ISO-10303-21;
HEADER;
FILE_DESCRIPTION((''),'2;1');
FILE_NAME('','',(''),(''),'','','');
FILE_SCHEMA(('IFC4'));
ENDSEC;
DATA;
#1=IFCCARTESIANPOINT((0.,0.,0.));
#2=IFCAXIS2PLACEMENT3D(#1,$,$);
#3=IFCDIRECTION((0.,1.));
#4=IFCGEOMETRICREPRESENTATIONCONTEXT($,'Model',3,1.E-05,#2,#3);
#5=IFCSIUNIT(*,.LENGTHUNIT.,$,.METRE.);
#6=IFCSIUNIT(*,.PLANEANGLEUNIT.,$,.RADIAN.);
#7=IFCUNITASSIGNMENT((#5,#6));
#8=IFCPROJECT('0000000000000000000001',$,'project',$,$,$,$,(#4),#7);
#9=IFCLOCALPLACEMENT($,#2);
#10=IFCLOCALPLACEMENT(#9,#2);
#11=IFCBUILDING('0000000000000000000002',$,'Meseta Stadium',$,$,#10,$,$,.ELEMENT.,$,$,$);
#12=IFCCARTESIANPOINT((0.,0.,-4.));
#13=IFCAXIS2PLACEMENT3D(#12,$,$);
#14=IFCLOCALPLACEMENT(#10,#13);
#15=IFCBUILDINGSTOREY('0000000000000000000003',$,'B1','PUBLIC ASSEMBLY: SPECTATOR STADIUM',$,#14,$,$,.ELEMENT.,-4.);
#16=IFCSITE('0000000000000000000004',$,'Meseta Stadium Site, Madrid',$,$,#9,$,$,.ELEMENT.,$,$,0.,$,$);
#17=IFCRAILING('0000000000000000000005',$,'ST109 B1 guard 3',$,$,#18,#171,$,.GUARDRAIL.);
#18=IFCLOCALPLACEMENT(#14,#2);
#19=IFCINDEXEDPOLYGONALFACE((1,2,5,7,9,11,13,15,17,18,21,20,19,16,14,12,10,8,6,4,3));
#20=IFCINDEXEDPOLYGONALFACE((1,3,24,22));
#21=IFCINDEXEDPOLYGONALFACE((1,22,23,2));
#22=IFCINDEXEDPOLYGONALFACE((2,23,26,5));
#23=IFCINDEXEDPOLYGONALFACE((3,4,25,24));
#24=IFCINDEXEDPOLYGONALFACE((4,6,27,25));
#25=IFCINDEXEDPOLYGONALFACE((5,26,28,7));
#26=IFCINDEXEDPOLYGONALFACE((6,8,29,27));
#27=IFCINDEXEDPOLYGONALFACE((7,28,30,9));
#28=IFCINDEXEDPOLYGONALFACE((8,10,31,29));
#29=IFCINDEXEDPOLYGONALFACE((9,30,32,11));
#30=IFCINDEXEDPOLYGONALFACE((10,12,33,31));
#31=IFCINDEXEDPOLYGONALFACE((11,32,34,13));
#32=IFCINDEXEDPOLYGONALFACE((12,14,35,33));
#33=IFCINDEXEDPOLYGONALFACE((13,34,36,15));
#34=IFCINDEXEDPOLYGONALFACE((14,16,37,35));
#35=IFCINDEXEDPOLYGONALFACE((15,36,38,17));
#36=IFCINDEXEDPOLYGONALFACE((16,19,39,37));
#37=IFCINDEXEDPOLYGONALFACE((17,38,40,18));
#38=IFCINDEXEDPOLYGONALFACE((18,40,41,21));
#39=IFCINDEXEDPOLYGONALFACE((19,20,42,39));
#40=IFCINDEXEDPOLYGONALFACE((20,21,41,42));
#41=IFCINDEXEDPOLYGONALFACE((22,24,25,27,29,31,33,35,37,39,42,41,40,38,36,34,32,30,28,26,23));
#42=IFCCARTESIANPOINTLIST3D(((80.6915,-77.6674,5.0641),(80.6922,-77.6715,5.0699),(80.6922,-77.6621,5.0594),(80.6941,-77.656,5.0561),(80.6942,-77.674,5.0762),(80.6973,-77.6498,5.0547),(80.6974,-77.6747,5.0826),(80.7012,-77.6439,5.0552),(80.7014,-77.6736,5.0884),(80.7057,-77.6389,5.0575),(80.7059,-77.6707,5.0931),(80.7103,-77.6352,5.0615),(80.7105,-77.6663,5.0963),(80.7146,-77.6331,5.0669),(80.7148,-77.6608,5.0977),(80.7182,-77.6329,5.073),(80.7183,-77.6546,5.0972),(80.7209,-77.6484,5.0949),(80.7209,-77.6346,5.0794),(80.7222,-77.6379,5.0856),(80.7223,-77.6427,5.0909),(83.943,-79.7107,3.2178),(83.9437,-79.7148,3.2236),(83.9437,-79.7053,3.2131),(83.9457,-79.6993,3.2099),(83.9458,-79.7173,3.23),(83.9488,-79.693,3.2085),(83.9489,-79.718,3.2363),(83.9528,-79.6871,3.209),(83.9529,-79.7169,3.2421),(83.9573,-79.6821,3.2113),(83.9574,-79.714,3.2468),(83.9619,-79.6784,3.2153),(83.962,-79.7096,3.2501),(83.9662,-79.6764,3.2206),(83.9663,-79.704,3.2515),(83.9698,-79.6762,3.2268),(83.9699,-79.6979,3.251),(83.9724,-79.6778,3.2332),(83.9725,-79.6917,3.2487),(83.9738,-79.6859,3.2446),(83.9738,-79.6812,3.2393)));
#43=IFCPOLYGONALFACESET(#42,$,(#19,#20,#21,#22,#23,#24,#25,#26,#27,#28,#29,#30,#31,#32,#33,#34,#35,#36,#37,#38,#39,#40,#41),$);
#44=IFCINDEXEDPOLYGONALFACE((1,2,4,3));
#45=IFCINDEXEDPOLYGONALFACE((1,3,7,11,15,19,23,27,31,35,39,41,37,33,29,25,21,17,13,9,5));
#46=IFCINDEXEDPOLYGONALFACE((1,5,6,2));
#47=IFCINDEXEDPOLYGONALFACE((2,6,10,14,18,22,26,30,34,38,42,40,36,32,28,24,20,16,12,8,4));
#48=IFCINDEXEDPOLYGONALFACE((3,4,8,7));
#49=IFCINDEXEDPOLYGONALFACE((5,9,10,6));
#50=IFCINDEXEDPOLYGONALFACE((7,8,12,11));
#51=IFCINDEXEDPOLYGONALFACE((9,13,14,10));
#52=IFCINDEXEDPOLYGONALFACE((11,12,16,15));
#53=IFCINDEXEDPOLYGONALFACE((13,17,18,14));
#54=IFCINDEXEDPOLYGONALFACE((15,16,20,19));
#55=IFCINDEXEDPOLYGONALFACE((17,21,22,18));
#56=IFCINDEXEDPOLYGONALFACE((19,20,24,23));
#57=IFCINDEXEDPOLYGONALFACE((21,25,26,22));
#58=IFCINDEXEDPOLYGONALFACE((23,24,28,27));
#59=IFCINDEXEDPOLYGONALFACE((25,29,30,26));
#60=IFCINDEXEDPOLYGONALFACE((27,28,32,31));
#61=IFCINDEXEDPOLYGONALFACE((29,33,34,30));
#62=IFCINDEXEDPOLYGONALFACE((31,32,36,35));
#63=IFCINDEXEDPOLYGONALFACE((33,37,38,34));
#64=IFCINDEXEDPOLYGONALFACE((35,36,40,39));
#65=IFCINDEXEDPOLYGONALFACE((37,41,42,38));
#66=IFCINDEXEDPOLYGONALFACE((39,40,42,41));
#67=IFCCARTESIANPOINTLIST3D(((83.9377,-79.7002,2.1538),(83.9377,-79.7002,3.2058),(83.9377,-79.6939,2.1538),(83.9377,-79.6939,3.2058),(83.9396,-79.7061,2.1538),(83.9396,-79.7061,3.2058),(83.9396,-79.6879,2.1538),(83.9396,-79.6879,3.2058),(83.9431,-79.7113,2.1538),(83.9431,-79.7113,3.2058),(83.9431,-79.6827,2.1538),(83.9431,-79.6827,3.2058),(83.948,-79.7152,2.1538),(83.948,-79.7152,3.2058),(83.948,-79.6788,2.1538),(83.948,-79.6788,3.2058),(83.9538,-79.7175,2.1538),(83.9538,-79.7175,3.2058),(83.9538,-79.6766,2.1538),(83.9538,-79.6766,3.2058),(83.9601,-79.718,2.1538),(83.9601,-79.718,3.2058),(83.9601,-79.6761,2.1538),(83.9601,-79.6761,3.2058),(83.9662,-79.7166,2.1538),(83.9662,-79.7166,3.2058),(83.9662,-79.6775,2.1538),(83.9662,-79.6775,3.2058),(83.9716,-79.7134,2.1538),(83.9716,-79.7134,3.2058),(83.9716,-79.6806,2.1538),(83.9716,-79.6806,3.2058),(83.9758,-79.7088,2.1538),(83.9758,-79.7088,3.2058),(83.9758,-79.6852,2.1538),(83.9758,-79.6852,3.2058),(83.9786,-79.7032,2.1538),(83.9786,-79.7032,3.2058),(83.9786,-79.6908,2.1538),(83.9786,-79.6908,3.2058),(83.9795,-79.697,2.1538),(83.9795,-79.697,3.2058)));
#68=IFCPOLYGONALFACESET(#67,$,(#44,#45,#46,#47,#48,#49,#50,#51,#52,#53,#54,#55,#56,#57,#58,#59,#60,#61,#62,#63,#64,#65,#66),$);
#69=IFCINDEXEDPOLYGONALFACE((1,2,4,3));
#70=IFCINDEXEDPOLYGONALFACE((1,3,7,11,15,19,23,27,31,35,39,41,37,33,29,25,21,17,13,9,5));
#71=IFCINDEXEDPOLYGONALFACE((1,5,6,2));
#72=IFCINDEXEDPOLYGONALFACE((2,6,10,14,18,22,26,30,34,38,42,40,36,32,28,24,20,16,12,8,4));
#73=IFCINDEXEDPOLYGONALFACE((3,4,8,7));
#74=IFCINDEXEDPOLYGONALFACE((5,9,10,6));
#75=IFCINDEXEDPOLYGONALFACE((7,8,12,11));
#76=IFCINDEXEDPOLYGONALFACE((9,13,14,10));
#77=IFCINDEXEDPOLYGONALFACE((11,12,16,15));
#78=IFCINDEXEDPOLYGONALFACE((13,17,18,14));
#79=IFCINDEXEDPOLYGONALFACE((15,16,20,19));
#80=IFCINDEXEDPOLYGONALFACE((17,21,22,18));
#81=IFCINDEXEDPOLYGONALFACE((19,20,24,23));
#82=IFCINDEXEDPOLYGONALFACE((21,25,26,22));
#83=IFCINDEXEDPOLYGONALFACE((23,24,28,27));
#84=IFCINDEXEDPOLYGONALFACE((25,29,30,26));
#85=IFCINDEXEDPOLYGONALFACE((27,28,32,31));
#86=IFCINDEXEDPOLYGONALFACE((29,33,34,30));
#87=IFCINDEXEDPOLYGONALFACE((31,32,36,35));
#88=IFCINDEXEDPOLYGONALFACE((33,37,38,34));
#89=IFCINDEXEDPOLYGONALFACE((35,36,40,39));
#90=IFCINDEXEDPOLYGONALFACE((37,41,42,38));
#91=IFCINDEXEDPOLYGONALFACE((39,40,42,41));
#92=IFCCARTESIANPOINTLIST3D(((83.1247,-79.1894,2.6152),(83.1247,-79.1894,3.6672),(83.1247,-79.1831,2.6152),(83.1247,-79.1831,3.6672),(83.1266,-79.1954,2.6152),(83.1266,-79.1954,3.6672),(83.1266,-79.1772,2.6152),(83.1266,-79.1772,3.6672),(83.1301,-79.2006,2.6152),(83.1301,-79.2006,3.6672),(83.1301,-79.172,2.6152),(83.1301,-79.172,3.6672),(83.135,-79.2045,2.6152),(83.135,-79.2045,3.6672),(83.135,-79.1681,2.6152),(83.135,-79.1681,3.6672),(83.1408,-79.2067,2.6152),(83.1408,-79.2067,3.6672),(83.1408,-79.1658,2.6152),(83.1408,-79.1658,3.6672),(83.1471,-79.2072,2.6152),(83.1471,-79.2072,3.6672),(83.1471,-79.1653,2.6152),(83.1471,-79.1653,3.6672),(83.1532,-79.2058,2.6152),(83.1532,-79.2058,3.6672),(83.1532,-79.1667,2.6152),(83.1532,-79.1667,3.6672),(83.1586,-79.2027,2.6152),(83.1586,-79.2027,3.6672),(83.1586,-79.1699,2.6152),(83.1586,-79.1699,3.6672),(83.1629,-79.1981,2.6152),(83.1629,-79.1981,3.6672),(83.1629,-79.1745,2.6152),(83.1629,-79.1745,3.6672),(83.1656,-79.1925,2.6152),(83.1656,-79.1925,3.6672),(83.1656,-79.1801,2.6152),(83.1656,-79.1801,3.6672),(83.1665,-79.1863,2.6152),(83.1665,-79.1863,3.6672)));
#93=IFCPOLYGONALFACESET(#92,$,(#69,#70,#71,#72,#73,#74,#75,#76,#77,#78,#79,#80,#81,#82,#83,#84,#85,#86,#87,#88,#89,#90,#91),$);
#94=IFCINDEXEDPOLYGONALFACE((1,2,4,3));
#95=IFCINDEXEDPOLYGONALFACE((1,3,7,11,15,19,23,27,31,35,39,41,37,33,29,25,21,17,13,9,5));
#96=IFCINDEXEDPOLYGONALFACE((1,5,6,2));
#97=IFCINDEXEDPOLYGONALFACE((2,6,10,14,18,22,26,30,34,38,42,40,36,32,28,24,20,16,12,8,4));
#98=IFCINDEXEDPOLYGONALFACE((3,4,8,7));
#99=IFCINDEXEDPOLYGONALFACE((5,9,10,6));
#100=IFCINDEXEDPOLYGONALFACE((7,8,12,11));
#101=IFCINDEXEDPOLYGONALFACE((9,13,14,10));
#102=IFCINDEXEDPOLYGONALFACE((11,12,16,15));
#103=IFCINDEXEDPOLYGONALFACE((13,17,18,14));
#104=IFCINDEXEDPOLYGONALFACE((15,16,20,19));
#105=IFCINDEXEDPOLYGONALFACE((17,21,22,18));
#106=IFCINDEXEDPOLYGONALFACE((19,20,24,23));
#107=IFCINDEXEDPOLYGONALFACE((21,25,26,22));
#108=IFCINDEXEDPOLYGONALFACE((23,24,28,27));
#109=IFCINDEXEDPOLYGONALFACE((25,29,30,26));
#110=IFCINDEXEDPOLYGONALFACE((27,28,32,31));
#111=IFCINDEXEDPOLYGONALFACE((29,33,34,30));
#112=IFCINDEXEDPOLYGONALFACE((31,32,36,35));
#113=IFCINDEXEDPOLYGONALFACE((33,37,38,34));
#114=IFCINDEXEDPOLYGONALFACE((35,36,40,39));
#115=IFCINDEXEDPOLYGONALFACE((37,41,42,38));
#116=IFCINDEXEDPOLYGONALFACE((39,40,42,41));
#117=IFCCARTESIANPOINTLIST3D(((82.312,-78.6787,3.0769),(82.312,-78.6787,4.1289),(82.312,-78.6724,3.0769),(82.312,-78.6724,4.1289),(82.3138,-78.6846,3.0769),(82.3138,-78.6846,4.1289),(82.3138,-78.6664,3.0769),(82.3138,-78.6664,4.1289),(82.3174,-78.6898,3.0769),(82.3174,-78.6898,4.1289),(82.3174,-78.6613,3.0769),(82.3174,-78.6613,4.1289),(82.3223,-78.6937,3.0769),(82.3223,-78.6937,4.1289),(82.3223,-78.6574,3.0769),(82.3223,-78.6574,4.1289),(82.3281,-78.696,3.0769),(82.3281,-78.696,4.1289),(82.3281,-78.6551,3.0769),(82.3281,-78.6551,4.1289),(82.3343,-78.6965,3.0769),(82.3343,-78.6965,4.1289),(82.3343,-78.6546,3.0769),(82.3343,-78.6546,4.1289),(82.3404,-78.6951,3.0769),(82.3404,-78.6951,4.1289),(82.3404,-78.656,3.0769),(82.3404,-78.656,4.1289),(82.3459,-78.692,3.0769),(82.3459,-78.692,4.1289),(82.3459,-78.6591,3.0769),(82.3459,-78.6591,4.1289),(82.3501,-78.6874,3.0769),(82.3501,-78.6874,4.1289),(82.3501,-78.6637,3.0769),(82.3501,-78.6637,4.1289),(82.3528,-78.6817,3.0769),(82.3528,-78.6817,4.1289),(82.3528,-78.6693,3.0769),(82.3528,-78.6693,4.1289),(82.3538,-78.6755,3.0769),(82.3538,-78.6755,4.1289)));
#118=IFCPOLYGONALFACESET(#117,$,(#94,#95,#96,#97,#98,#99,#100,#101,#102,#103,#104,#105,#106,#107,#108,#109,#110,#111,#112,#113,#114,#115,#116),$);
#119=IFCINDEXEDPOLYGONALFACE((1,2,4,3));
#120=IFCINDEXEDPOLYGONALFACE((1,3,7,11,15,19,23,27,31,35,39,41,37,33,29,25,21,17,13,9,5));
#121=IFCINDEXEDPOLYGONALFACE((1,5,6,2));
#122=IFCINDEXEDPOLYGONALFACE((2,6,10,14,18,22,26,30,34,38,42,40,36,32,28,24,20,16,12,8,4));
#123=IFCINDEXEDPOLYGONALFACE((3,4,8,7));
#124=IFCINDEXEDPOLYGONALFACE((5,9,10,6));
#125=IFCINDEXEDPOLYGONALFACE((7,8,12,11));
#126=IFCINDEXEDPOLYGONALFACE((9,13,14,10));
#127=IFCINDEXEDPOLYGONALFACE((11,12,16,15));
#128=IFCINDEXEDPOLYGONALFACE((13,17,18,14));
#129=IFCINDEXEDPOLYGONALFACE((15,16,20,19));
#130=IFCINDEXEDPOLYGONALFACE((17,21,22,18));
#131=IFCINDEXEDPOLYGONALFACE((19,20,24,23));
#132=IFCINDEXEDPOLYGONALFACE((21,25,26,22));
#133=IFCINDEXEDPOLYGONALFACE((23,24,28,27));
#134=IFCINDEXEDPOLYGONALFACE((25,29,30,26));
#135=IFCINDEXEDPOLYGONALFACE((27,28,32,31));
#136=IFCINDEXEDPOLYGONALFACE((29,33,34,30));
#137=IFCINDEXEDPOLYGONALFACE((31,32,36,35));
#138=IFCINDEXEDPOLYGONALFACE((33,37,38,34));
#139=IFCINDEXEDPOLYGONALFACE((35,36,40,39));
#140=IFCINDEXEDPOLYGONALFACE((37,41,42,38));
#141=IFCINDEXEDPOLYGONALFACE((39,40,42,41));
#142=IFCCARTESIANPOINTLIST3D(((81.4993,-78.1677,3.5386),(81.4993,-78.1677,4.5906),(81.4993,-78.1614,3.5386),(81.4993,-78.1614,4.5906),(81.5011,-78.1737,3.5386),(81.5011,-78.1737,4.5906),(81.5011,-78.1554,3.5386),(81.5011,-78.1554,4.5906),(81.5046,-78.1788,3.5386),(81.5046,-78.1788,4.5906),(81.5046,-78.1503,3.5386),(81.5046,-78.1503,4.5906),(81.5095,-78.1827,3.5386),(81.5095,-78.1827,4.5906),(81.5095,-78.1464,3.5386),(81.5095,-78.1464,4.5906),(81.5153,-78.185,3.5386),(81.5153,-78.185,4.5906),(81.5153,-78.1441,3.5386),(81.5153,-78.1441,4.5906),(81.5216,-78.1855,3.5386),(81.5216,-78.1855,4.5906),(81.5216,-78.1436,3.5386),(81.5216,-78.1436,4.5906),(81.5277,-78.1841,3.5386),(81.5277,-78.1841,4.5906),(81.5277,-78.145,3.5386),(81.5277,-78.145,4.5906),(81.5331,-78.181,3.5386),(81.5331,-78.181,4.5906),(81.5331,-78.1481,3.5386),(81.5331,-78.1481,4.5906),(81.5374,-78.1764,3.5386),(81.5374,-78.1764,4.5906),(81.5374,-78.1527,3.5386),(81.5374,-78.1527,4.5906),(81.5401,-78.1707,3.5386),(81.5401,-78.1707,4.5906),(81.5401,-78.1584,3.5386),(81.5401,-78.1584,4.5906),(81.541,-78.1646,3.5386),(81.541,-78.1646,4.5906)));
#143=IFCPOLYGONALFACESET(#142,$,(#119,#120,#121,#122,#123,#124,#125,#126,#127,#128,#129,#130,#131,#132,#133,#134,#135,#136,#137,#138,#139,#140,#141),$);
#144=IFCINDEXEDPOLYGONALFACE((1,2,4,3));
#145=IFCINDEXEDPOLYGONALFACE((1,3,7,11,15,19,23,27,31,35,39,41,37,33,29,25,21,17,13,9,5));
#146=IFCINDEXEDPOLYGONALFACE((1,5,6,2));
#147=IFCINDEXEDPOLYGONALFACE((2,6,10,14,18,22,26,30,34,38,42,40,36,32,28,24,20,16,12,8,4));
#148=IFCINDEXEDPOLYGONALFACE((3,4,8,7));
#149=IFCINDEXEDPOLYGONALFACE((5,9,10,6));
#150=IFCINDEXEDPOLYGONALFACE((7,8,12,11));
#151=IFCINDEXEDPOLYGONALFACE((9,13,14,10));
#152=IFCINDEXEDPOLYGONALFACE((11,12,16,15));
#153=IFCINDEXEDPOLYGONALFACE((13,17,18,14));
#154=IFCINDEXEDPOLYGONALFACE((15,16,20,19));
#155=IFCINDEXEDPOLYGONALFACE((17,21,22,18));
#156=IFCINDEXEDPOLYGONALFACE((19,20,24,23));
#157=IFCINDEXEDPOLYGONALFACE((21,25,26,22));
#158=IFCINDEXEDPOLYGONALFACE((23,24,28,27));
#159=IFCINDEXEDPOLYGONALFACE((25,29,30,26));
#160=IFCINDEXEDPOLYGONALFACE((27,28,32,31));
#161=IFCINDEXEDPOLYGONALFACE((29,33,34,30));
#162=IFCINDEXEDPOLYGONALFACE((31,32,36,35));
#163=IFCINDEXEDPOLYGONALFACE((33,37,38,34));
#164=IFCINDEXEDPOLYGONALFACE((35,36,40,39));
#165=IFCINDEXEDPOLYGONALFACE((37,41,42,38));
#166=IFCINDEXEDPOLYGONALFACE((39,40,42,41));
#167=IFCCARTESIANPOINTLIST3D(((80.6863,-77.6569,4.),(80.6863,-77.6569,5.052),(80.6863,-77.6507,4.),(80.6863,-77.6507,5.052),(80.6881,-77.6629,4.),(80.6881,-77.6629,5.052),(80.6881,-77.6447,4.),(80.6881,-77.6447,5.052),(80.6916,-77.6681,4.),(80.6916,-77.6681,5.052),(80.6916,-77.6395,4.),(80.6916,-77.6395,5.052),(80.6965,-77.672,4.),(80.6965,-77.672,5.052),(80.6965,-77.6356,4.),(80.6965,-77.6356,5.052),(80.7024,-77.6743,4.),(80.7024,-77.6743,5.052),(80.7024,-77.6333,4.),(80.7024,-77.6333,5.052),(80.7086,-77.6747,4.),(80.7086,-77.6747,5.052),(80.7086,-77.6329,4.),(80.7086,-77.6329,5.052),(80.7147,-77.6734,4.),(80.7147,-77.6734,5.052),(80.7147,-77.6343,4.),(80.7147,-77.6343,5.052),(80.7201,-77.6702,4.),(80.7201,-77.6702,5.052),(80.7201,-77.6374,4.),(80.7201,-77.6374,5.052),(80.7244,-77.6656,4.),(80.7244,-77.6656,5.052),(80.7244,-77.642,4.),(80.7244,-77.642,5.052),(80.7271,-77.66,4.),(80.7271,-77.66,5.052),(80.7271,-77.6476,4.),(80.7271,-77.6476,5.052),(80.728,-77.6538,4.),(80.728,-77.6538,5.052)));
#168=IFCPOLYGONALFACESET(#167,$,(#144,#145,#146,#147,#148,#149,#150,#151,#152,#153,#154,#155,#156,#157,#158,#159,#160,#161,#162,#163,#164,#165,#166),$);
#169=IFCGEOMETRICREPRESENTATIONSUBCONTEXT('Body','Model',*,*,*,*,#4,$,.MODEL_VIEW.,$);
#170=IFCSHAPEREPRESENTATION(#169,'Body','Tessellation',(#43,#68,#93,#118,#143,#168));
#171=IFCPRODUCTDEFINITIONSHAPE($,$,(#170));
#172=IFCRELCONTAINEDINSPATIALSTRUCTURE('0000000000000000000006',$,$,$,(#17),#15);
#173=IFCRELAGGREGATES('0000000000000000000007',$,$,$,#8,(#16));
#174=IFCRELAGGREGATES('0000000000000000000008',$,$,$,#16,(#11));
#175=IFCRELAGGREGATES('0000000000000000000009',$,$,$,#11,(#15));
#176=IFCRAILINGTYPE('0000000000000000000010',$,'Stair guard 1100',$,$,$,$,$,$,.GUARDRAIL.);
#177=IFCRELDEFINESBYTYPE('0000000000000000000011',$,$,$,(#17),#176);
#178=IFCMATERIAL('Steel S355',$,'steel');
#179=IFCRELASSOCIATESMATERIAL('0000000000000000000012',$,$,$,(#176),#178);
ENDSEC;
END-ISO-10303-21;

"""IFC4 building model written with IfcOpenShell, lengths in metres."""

from ifc_helpers import new_model, si_unit, direction, frame, origin, origin_2d, place, context, subcontext, project, spatial, circle, extrude, material, type_object, element, save


model = new_model("IFC4")

# Units and contexts
model_context = context("Model", 3, precision=1e-05, world=origin(), true_north=direction((0.0, 1.0)))
body_context = subcontext(model_context, "Body", "Model", "MODEL_VIEW")
ifc_project = project(units=[si_unit("LENGTHUNIT", "METRE"), si_unit("PLANEANGLEUNIT", "RADIAN")], contexts=[model_context])

# Site, building, storey
site_placement = place(None, origin())
site = spatial("IfcSite", under=ifc_project, at=site_placement, Name="Meseta Stadium Site, Madrid", CompositionType="ELEMENT", RefElevation=0.0)
building_placement = place(site_placement, origin())
building = spatial("IfcBuilding", under=site, at=building_placement, Name="Meseta Stadium", CompositionType="ELEMENT")
storey_placement = place(building_placement, frame((0.0, 0.0, -4.0)))
storey = spatial("IfcBuildingStorey", under=building, at=storey_placement, Name="B1", Description="PUBLIC ASSEMBLY: SPECTATOR STADIUM", CompositionType="ELEMENT", Elevation=-4.0)

# Railing
ifc_material_1 = material(Name="Steel S355", Category="steel")
railing_type_1 = type_object("IfcRailingType", Name="Stair guard 1100", PredefinedType="GUARDRAIL", material=ifc_material_1)
railing_1_placement = place(storey_placement, frame((83.9585, -79.697, 2.1538)))
element("IfcRailing", 1, at=railing_1_placement, inside=storey, type_object=railing_type_1, Name="ST109 B1 guard 3", PredefinedType="GUARDRAIL", context=body_context, shape_type="SweptSolid", body=[
    extrude(circle(Radius=0.0239, at=origin_2d()), frame((0.0, 0.0, 1.0762), z_axis=(-0.763096, 0.479527, 0.433288), x_axis=(-0.532066, -0.846703, 0.0)), (0.0, 0.0, 1.0), 4.261),
    extrude(circle(Radius=0.021, at=origin_2d()), origin(), (0.0, 0.0, 1.0), 1.052),
    extrude(circle(Radius=0.021, at=origin_2d()), frame((-0.813, 0.5107, 0.4614)), (0.0, 0.0, 1.0), 1.052),
    extrude(circle(Radius=0.021, at=origin_2d()), frame((-1.6257, 1.0215, 0.9231)), (0.0, 0.0, 1.0), 1.052),
    extrude(circle(Radius=0.021, at=origin_2d()), frame((-2.4385, 1.5325, 1.3848)), (0.0, 0.0, 1.0), 1.052),
    extrude(circle(Radius=0.021, at=origin_2d()), frame((-3.2515, 2.0432, 1.8462)), (0.0, 0.0, 1.0), 1.052),
])

save(model, "model.ifc")
